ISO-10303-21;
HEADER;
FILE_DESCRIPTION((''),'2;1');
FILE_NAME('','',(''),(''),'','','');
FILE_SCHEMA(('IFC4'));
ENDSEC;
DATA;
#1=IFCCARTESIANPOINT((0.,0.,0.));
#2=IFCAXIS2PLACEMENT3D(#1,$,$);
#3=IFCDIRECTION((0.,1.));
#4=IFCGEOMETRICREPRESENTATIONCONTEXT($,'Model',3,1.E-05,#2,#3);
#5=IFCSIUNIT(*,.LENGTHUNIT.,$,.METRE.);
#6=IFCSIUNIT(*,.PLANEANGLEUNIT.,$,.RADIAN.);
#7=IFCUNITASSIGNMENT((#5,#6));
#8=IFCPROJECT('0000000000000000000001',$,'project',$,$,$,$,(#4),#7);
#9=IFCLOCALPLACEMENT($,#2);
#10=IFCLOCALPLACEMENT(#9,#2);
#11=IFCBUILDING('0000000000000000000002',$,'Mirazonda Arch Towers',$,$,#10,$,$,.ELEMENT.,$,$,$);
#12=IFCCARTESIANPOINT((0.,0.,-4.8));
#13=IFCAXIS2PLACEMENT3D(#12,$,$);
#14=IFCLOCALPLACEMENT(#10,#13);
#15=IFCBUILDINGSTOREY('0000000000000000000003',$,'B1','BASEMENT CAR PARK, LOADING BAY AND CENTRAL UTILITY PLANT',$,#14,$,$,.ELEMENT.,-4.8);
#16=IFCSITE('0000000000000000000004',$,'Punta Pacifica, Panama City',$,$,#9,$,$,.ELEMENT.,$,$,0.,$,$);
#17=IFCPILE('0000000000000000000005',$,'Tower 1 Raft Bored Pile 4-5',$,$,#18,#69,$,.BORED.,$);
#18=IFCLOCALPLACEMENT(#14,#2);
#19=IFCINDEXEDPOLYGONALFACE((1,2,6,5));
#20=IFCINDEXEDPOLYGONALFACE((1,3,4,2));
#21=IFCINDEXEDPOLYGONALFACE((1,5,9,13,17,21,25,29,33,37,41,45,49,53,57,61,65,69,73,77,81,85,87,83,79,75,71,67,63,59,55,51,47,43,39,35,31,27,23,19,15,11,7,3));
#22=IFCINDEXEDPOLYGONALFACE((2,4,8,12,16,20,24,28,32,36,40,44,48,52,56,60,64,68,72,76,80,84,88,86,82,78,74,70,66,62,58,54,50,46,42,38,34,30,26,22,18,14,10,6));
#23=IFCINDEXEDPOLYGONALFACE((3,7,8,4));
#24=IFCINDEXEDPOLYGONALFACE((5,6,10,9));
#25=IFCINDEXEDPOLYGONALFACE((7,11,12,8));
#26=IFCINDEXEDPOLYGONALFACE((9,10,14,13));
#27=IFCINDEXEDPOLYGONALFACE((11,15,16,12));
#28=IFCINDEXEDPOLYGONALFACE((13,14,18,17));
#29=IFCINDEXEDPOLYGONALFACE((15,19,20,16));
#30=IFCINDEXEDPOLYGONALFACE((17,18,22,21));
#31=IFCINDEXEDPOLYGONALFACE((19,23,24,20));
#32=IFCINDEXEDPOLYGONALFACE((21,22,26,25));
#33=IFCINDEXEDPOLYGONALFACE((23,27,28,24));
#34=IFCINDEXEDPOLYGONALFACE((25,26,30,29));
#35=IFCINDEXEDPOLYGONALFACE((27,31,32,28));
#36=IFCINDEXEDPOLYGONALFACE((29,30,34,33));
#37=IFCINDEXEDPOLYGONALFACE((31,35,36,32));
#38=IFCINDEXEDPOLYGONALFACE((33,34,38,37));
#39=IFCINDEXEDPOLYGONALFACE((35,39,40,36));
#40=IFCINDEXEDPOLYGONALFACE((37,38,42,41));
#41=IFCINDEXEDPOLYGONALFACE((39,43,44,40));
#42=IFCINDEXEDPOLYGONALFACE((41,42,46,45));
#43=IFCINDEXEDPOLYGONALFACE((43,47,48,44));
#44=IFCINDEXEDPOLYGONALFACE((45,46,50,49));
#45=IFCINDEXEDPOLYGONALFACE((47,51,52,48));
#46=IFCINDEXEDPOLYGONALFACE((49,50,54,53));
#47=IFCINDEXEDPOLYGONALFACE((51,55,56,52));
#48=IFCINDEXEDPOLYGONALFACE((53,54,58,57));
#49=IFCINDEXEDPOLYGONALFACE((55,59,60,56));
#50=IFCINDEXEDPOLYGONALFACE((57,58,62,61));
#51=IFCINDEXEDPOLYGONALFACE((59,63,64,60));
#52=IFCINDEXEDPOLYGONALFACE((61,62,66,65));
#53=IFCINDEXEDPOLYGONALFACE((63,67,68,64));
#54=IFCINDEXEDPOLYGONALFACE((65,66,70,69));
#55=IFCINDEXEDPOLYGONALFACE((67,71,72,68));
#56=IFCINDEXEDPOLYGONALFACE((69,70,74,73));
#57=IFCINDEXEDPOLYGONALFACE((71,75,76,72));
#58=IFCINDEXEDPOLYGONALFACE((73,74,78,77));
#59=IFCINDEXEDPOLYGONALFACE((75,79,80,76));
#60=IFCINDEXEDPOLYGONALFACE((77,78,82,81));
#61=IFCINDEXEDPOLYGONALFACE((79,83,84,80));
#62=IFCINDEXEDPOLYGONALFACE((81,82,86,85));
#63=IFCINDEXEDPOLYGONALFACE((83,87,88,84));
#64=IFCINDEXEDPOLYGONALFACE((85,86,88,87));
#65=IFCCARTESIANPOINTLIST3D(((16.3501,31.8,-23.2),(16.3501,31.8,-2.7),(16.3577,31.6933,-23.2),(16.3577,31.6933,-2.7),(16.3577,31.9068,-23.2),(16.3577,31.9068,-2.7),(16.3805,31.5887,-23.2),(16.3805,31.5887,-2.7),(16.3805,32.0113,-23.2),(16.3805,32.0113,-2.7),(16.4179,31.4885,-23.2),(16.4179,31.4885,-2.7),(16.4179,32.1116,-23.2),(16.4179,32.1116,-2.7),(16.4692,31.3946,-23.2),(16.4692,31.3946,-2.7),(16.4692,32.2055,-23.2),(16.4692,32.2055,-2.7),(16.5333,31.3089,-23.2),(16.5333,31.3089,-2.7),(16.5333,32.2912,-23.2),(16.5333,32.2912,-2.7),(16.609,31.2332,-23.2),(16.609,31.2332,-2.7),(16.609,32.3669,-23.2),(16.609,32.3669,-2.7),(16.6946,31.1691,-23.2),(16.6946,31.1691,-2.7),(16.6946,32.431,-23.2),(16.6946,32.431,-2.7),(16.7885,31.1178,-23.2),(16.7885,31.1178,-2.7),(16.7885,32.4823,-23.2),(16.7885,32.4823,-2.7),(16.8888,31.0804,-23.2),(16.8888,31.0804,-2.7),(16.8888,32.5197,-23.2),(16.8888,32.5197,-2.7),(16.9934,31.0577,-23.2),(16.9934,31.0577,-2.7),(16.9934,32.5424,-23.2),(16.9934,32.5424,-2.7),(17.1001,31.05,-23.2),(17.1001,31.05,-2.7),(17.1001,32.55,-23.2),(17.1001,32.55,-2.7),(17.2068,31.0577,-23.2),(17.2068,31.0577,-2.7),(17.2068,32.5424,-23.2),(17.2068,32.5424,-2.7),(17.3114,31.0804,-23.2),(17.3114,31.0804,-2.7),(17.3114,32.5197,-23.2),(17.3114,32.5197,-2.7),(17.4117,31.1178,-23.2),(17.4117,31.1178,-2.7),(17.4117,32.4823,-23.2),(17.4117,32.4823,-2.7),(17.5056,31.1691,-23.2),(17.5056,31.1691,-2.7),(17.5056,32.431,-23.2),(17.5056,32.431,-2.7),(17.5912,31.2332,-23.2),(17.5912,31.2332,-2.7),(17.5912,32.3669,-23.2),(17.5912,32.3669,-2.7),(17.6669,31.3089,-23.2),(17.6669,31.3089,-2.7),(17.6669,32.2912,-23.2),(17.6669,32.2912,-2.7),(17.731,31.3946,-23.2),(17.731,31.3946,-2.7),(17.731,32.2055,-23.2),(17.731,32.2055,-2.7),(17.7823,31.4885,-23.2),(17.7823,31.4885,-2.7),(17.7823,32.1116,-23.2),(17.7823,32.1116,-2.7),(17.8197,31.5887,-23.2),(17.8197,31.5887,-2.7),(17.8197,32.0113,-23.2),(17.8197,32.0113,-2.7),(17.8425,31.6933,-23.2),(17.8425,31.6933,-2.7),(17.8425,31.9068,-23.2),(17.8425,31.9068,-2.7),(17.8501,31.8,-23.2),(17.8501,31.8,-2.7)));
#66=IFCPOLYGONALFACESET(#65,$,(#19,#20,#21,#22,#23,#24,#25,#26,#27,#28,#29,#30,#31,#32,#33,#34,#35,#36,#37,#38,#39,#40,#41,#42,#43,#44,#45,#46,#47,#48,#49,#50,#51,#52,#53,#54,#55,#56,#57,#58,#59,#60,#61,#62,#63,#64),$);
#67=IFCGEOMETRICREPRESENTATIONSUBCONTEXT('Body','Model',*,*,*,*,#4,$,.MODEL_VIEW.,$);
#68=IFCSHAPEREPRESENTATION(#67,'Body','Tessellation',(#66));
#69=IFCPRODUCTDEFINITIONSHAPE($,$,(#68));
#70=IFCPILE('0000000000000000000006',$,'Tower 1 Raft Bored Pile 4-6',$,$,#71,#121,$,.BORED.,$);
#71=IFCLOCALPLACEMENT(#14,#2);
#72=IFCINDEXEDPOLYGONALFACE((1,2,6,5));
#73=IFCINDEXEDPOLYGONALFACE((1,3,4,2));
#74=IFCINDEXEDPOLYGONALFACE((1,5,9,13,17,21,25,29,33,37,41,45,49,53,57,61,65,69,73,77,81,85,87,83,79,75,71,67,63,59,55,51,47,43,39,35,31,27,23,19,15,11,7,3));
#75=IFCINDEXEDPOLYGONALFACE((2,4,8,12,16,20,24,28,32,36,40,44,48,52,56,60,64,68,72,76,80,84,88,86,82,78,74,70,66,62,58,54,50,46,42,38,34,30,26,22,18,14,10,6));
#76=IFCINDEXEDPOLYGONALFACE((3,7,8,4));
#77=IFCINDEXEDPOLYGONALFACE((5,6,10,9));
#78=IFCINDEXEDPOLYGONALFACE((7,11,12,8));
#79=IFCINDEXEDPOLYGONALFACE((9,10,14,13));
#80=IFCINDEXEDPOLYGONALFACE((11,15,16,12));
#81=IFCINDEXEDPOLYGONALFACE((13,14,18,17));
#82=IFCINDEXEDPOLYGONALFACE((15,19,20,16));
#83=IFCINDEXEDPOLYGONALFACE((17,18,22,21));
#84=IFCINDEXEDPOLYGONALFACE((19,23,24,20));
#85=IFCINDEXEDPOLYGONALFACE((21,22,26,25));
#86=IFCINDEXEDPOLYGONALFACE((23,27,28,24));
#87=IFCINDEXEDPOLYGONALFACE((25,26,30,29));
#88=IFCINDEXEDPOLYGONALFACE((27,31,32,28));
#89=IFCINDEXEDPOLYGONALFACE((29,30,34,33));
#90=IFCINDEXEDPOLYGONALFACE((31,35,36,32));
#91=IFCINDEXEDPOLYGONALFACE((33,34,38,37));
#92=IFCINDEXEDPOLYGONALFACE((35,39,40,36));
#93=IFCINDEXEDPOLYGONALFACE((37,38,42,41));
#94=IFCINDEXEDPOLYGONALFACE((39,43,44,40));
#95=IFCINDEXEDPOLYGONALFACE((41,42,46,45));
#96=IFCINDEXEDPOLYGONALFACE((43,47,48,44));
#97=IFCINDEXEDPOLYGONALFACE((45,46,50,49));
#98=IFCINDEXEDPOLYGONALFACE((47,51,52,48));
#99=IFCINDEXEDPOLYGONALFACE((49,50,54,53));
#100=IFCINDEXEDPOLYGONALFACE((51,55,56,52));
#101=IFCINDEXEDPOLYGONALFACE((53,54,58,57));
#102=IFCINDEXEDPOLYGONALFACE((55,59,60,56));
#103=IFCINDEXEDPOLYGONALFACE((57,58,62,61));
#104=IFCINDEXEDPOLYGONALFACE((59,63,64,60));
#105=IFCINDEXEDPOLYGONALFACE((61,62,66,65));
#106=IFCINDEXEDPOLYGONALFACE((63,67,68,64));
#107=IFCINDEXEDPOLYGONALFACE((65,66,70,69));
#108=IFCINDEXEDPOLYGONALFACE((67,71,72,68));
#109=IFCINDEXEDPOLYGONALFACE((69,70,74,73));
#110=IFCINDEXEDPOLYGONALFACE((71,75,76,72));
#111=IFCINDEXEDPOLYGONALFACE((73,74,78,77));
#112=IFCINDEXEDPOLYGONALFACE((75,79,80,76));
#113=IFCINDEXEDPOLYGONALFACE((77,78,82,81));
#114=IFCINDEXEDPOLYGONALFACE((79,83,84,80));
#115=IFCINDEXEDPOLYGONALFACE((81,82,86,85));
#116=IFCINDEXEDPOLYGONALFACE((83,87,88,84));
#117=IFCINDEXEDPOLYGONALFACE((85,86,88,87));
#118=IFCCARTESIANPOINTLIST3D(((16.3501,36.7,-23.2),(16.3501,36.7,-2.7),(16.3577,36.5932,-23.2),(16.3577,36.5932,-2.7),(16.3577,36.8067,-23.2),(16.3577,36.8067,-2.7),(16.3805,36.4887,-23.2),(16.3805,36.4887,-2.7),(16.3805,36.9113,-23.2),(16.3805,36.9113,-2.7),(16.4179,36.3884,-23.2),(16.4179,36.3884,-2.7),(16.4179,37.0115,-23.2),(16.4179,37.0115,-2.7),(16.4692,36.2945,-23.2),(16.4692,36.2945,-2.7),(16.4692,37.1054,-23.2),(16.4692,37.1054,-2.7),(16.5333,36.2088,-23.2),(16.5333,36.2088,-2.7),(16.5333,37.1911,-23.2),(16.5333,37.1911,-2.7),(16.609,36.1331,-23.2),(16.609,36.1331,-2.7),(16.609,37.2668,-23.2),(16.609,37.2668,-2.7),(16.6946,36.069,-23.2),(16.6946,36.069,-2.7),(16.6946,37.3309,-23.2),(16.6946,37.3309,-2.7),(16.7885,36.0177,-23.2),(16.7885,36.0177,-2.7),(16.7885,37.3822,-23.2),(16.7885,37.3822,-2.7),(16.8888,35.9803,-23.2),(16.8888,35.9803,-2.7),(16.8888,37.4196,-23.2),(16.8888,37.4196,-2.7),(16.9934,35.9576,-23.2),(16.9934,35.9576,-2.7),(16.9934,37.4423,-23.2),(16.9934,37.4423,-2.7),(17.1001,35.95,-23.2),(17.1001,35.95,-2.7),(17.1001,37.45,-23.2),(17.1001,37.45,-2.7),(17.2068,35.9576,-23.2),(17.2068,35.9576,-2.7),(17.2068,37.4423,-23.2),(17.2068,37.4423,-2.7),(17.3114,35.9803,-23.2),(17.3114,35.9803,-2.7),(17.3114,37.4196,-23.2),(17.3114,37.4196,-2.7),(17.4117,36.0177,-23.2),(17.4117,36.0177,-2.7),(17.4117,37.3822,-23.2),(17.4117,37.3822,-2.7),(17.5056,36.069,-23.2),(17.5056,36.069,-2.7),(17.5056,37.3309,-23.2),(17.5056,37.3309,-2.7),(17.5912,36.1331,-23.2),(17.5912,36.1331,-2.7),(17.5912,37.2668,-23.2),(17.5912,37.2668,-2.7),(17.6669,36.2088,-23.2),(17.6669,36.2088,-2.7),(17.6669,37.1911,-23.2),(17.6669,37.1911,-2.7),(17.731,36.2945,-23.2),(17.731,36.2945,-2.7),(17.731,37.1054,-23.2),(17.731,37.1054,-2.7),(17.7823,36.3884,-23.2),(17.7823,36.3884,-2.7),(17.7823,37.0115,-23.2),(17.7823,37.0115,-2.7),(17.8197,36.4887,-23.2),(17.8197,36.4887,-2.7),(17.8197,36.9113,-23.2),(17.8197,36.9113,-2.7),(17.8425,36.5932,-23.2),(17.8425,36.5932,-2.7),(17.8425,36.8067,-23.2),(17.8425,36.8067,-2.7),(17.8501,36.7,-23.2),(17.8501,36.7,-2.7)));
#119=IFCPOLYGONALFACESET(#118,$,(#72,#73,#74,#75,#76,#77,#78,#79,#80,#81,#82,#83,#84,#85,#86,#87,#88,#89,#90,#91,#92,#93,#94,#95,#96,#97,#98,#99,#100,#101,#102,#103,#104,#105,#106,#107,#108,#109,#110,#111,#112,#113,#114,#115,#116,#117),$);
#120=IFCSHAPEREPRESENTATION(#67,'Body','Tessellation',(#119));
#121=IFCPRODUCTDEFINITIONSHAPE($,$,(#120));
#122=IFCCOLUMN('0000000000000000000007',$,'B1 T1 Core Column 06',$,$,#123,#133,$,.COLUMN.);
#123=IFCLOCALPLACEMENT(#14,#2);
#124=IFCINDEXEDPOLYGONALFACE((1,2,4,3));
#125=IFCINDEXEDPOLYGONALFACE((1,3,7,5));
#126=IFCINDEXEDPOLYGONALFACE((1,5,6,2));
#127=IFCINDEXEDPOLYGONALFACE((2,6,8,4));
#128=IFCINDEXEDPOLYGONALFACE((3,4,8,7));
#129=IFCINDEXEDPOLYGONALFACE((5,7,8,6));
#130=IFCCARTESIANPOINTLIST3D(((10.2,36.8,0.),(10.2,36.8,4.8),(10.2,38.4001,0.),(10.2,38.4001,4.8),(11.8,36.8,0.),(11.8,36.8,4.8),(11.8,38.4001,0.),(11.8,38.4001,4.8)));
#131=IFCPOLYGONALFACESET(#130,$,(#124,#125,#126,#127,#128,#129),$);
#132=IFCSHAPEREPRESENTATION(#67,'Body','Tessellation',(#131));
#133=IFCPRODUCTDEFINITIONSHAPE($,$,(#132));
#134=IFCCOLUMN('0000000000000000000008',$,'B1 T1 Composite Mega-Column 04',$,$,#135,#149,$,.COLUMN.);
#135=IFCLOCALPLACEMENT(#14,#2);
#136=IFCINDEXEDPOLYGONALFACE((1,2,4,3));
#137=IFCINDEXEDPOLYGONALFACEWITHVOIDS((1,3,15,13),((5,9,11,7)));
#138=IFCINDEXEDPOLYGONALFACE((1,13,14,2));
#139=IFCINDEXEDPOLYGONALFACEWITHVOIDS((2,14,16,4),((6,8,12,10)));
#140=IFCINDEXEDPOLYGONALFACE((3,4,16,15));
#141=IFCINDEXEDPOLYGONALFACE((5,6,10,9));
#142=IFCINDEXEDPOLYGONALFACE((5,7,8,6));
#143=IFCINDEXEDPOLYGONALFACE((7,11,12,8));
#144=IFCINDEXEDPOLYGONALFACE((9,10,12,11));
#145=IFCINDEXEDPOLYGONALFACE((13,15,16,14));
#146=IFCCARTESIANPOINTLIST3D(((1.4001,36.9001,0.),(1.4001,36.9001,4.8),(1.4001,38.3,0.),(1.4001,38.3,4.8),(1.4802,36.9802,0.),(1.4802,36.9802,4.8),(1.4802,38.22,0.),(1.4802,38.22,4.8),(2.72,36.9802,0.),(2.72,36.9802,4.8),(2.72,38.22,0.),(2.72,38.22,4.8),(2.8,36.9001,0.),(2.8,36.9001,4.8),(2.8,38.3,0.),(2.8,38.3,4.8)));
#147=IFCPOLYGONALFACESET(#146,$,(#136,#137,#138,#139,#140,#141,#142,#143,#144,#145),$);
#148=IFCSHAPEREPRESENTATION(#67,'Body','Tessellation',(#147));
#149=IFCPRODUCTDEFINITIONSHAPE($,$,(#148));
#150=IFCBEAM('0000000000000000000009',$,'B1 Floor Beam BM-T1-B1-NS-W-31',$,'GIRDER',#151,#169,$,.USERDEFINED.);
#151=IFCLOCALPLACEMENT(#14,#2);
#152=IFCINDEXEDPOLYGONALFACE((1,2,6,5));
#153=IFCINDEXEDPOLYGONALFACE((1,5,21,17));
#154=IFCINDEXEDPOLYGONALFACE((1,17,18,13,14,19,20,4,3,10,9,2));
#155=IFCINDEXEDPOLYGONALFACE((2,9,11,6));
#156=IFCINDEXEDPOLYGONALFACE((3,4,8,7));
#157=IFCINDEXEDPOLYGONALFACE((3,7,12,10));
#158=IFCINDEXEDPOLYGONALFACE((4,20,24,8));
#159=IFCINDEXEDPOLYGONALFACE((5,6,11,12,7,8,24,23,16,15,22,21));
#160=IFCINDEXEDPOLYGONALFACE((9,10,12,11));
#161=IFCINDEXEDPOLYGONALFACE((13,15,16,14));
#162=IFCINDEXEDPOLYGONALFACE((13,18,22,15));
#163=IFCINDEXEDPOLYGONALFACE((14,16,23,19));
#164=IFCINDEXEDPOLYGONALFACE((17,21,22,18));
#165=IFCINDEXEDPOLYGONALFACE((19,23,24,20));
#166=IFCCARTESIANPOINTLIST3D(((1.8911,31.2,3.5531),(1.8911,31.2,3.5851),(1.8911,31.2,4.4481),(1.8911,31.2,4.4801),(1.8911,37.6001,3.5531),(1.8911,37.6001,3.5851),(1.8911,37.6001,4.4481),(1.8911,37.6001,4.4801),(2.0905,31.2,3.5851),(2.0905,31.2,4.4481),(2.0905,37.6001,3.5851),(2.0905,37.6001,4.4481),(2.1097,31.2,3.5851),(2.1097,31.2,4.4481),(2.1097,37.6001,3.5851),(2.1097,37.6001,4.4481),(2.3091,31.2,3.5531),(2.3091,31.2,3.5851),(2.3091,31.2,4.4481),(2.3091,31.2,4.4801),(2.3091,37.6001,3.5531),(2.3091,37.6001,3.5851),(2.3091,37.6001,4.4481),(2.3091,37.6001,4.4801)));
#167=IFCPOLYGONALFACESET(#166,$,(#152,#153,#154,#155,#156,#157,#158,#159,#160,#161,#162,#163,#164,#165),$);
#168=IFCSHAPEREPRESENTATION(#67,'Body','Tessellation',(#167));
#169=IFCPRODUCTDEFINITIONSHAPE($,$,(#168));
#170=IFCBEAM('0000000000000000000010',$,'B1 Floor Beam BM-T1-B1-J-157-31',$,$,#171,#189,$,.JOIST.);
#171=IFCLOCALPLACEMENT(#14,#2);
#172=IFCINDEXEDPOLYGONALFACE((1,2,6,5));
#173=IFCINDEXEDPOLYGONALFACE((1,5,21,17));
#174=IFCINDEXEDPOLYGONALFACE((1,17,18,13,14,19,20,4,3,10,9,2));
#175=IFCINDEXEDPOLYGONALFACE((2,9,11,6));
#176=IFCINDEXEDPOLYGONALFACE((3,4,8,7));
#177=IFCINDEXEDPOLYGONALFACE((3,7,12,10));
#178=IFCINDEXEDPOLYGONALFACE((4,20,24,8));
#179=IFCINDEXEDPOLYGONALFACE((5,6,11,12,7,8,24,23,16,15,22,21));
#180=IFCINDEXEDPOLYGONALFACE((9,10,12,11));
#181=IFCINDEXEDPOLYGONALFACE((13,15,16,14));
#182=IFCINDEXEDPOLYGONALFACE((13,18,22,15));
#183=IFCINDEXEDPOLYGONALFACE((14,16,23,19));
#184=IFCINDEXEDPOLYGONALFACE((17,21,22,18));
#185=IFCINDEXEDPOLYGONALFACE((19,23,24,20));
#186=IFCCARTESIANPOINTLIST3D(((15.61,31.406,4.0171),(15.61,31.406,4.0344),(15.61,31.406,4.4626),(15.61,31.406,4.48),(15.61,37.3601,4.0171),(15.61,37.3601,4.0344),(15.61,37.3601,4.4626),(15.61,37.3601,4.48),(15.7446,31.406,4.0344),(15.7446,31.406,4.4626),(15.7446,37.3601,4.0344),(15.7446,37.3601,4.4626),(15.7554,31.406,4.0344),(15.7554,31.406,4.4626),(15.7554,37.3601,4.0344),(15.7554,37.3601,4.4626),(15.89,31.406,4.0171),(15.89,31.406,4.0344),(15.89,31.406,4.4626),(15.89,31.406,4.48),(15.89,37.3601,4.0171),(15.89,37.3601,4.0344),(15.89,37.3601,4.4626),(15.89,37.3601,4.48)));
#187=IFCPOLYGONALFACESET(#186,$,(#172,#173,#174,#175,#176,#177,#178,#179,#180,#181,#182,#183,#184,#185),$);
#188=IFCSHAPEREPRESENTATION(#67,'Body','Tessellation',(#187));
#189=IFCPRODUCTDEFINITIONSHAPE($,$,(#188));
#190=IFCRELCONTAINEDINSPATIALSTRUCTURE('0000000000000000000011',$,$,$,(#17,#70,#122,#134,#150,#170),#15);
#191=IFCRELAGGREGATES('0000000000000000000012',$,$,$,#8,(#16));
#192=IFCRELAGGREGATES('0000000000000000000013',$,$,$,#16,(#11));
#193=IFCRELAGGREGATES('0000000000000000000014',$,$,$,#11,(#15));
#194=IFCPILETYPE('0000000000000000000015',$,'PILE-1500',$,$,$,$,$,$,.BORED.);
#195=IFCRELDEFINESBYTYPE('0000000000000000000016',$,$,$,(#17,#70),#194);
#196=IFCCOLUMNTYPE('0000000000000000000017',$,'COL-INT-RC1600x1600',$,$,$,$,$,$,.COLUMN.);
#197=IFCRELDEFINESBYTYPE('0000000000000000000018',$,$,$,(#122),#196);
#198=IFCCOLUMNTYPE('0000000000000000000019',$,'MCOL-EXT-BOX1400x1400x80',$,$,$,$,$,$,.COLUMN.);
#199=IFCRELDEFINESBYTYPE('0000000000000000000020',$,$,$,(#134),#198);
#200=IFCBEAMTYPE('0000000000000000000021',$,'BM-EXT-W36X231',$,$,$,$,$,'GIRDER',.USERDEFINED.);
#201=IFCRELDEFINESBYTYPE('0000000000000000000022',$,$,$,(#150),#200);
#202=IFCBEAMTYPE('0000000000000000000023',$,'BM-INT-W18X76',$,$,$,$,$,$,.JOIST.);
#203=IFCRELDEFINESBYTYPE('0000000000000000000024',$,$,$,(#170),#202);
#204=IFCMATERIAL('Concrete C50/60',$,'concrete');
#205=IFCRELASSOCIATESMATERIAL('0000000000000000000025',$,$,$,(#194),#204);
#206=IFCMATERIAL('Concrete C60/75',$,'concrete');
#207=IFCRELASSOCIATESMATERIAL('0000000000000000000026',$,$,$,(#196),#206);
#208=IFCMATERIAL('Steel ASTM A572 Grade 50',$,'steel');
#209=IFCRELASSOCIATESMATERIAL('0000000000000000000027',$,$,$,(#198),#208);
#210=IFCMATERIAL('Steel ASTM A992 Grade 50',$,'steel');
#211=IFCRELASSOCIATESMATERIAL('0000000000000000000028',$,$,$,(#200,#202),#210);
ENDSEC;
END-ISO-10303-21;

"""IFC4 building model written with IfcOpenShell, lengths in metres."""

from ifc_helpers import new_model, si_unit, direction, frame, origin, origin_2d, place, context, subcontext, project, spatial, rectangle, hollow_rectangle, circle, i_section, extrude, material, material_profile, profile_set, type_object, element, save


model = new_model("IFC4")

# Units and contexts
model_context = context("Model", 3, precision=1e-05, world=origin(), true_north=direction((0.0, 1.0)))
body_context = subcontext(model_context, "Body", "Model", "MODEL_VIEW")
ifc_project = project(units=[si_unit("LENGTHUNIT", "METRE"), si_unit("PLANEANGLEUNIT", "RADIAN")], contexts=[model_context])

# Site, building, storey
site_placement = place(None, origin())
site = spatial("IfcSite", under=ifc_project, at=site_placement, Name="Punta Pacifica, Panama City", CompositionType="ELEMENT", RefElevation=0.0)
building_placement = place(site_placement, origin())
building = spatial("IfcBuilding", under=site, at=building_placement, Name="Mirazonda Arch Towers", CompositionType="ELEMENT")
storey_placement = place(building_placement, frame((0.0, 0.0, -4.8)))
storey = spatial("IfcBuildingStorey", under=building, at=storey_placement, Name="B1", Description="BASEMENT CAR PARK, LOADING BAY AND CENTRAL UTILITY PLANT", CompositionType="ELEMENT", Elevation=-4.8)

# Piles
ifc_material_1 = material(Name="Concrete C50/60", Category="concrete")
ifc_material_profile_1 = material_profile(ifc_material_1, circle(Radius=0.75, at=origin_2d()), Name="BORED-D1500")
ifc_profile_set_1 = profile_set([ifc_material_profile_1], Name="Concrete C50/60")
pile_type = type_object("IfcPileType", Name="PILE-1500", PredefinedType="BORED", material=ifc_profile_set_1)
for number, where, z_axis, x_axis, name in (
    (1, (17.1001, 31.8, -2.7), (0.0, 0.0, -1.0), (1.0, 0.0, 0.0), "Tower 1 Raft Bored Pile 4-5"),
    (2, (17.1001, 36.7, -2.7), (0.0, 0.0, -1.0), (1.0, 0.0, 0.0), "Tower 1 Raft Bored Pile 4-6"),
):
    element("IfcPile", number, at=place(storey_placement, frame(where, z_axis=z_axis, x_axis=x_axis)), inside=storey, type_object=pile_type, Name=name, PredefinedType="BORED", context=body_context, shape_type="SweptSolid", body=[
        extrude(circle(Radius=0.75, at=origin_2d()), origin(), (0.0, 0.0, 1.0), 20.5),
    ])

# Columns
ifc_material_2 = material(Name="Concrete C60/75", Category="concrete")
ifc_material_profile_2 = material_profile(ifc_material_2, rectangle(XDim=1.6001, YDim=1.6001, at=origin_2d()), Name="RC1600x1600")
ifc_profile_set_2 = profile_set([ifc_material_profile_2], Name="Concrete C60/75")
column_type_1 = type_object("IfcColumnType", Name="COL-INT-RC1600x1600", PredefinedType="COLUMN", material=ifc_profile_set_2)
column_1_placement = place(storey_placement, frame((11.0, 37.6001, 0.0), z_axis=(0.0, 0.0, 1.0), x_axis=(1.0, 0.0, 0.0)))
element("IfcColumn", 3, at=column_1_placement, inside=storey, type_object=column_type_1, Name="B1 T1 Core Column 06", PredefinedType="COLUMN", context=body_context, shape_type="SweptSolid", body=[
    extrude(rectangle(XDim=1.6001, YDim=1.6001, at=origin_2d()), origin(), (0.0, 0.0, 1.0), 4.8),
])
ifc_material_3 = material(Name="Steel ASTM A572 Grade 50", Category="steel")
ifc_material_profile_3 = material_profile(ifc_material_3, hollow_rectangle(XDim=1.3999, YDim=1.3999, WallThickness=0.0801, at=origin_2d()), Name="BOX1400x1400x80")
ifc_profile_set_3 = profile_set([ifc_material_profile_3], Name="Steel ASTM A572 Grade 50")
column_type_2 = type_object("IfcColumnType", Name="MCOL-EXT-BOX1400x1400x80", PredefinedType="COLUMN", material=ifc_profile_set_3)
column_2_placement = place(storey_placement, frame((2.1001, 37.6001, 0.0), z_axis=(0.0, 0.0, 1.0), x_axis=(1.0, 0.0, 0.0)))
element("IfcColumn", 4, at=column_2_placement, inside=storey, type_object=column_type_2, Name="B1 T1 Composite Mega-Column 04", PredefinedType="COLUMN", context=body_context, shape_type="SweptSolid", body=[
    extrude(hollow_rectangle(XDim=1.3999, YDim=1.3999, WallThickness=0.0801, at=origin_2d()), origin(), (0.0, 0.0, 1.0), 4.8),
])

# Beams
ifc_material_4 = material(Name="Steel ASTM A992 Grade 50", Category="steel")
ifc_material_profile_4 = material_profile(ifc_material_4, i_section(OverallWidth=0.418, OverallDepth=0.927, WebThickness=0.0193, FlangeThickness=0.032, at=origin_2d()), Name="W36X231")
ifc_profile_set_4 = profile_set([ifc_material_profile_4], Name="Steel ASTM A992 Grade 50")
beam_type_1 = type_object("IfcBeamType", Name="BM-EXT-W36X231", ElementType="GIRDER", PredefinedType="USERDEFINED", material=ifc_profile_set_4)
beam_1_placement = place(storey_placement, frame((2.1001, 31.2, 4.0166), z_axis=(0.0, 1.0, 0.0), x_axis=(-1.0, 0.0, 0.0)))
element("IfcBeam", 5, at=beam_1_placement, inside=storey, type_object=beam_type_1, Name="B1 Floor Beam BM-T1-B1-NS-W-31", ObjectType="GIRDER", PredefinedType="USERDEFINED", context=body_context, shape_type="SweptSolid", body=[
    extrude(i_section(OverallWidth=0.418, OverallDepth=0.927, WebThickness=0.0193, FlangeThickness=0.032, at=origin_2d()), origin(), (0.0, 0.0, 1.0), 6.4001),
])
ifc_material_profile_5 = material_profile(ifc_material_4, i_section(OverallWidth=0.28, OverallDepth=0.4629, WebThickness=0.0107, FlangeThickness=0.0173, at=origin_2d()), Name="W18X76")
ifc_profile_set_5 = profile_set([ifc_material_profile_5], Name="Steel ASTM A992 Grade 50")
beam_type_2 = type_object("IfcBeamType", Name="BM-INT-W18X76", PredefinedType="JOIST", material=ifc_profile_set_5)
beam_2_placement = place(storey_placement, frame((15.75, 31.406, 4.2485), z_axis=(0.0, 1.0, 0.0), x_axis=(-1.0, 0.0, 0.0)))
element("IfcBeam", 6, at=beam_2_placement, inside=storey, type_object=beam_type_2, Name="B1 Floor Beam BM-T1-B1-J-157-31", PredefinedType="JOIST", context=body_context, shape_type="SweptSolid", body=[
    extrude(i_section(OverallWidth=0.28, OverallDepth=0.4629, WebThickness=0.0107, FlangeThickness=0.0173, at=origin_2d()), origin(), (0.0, 0.0, 1.0), 5.9541),
])

save(model, "model.ifc")
